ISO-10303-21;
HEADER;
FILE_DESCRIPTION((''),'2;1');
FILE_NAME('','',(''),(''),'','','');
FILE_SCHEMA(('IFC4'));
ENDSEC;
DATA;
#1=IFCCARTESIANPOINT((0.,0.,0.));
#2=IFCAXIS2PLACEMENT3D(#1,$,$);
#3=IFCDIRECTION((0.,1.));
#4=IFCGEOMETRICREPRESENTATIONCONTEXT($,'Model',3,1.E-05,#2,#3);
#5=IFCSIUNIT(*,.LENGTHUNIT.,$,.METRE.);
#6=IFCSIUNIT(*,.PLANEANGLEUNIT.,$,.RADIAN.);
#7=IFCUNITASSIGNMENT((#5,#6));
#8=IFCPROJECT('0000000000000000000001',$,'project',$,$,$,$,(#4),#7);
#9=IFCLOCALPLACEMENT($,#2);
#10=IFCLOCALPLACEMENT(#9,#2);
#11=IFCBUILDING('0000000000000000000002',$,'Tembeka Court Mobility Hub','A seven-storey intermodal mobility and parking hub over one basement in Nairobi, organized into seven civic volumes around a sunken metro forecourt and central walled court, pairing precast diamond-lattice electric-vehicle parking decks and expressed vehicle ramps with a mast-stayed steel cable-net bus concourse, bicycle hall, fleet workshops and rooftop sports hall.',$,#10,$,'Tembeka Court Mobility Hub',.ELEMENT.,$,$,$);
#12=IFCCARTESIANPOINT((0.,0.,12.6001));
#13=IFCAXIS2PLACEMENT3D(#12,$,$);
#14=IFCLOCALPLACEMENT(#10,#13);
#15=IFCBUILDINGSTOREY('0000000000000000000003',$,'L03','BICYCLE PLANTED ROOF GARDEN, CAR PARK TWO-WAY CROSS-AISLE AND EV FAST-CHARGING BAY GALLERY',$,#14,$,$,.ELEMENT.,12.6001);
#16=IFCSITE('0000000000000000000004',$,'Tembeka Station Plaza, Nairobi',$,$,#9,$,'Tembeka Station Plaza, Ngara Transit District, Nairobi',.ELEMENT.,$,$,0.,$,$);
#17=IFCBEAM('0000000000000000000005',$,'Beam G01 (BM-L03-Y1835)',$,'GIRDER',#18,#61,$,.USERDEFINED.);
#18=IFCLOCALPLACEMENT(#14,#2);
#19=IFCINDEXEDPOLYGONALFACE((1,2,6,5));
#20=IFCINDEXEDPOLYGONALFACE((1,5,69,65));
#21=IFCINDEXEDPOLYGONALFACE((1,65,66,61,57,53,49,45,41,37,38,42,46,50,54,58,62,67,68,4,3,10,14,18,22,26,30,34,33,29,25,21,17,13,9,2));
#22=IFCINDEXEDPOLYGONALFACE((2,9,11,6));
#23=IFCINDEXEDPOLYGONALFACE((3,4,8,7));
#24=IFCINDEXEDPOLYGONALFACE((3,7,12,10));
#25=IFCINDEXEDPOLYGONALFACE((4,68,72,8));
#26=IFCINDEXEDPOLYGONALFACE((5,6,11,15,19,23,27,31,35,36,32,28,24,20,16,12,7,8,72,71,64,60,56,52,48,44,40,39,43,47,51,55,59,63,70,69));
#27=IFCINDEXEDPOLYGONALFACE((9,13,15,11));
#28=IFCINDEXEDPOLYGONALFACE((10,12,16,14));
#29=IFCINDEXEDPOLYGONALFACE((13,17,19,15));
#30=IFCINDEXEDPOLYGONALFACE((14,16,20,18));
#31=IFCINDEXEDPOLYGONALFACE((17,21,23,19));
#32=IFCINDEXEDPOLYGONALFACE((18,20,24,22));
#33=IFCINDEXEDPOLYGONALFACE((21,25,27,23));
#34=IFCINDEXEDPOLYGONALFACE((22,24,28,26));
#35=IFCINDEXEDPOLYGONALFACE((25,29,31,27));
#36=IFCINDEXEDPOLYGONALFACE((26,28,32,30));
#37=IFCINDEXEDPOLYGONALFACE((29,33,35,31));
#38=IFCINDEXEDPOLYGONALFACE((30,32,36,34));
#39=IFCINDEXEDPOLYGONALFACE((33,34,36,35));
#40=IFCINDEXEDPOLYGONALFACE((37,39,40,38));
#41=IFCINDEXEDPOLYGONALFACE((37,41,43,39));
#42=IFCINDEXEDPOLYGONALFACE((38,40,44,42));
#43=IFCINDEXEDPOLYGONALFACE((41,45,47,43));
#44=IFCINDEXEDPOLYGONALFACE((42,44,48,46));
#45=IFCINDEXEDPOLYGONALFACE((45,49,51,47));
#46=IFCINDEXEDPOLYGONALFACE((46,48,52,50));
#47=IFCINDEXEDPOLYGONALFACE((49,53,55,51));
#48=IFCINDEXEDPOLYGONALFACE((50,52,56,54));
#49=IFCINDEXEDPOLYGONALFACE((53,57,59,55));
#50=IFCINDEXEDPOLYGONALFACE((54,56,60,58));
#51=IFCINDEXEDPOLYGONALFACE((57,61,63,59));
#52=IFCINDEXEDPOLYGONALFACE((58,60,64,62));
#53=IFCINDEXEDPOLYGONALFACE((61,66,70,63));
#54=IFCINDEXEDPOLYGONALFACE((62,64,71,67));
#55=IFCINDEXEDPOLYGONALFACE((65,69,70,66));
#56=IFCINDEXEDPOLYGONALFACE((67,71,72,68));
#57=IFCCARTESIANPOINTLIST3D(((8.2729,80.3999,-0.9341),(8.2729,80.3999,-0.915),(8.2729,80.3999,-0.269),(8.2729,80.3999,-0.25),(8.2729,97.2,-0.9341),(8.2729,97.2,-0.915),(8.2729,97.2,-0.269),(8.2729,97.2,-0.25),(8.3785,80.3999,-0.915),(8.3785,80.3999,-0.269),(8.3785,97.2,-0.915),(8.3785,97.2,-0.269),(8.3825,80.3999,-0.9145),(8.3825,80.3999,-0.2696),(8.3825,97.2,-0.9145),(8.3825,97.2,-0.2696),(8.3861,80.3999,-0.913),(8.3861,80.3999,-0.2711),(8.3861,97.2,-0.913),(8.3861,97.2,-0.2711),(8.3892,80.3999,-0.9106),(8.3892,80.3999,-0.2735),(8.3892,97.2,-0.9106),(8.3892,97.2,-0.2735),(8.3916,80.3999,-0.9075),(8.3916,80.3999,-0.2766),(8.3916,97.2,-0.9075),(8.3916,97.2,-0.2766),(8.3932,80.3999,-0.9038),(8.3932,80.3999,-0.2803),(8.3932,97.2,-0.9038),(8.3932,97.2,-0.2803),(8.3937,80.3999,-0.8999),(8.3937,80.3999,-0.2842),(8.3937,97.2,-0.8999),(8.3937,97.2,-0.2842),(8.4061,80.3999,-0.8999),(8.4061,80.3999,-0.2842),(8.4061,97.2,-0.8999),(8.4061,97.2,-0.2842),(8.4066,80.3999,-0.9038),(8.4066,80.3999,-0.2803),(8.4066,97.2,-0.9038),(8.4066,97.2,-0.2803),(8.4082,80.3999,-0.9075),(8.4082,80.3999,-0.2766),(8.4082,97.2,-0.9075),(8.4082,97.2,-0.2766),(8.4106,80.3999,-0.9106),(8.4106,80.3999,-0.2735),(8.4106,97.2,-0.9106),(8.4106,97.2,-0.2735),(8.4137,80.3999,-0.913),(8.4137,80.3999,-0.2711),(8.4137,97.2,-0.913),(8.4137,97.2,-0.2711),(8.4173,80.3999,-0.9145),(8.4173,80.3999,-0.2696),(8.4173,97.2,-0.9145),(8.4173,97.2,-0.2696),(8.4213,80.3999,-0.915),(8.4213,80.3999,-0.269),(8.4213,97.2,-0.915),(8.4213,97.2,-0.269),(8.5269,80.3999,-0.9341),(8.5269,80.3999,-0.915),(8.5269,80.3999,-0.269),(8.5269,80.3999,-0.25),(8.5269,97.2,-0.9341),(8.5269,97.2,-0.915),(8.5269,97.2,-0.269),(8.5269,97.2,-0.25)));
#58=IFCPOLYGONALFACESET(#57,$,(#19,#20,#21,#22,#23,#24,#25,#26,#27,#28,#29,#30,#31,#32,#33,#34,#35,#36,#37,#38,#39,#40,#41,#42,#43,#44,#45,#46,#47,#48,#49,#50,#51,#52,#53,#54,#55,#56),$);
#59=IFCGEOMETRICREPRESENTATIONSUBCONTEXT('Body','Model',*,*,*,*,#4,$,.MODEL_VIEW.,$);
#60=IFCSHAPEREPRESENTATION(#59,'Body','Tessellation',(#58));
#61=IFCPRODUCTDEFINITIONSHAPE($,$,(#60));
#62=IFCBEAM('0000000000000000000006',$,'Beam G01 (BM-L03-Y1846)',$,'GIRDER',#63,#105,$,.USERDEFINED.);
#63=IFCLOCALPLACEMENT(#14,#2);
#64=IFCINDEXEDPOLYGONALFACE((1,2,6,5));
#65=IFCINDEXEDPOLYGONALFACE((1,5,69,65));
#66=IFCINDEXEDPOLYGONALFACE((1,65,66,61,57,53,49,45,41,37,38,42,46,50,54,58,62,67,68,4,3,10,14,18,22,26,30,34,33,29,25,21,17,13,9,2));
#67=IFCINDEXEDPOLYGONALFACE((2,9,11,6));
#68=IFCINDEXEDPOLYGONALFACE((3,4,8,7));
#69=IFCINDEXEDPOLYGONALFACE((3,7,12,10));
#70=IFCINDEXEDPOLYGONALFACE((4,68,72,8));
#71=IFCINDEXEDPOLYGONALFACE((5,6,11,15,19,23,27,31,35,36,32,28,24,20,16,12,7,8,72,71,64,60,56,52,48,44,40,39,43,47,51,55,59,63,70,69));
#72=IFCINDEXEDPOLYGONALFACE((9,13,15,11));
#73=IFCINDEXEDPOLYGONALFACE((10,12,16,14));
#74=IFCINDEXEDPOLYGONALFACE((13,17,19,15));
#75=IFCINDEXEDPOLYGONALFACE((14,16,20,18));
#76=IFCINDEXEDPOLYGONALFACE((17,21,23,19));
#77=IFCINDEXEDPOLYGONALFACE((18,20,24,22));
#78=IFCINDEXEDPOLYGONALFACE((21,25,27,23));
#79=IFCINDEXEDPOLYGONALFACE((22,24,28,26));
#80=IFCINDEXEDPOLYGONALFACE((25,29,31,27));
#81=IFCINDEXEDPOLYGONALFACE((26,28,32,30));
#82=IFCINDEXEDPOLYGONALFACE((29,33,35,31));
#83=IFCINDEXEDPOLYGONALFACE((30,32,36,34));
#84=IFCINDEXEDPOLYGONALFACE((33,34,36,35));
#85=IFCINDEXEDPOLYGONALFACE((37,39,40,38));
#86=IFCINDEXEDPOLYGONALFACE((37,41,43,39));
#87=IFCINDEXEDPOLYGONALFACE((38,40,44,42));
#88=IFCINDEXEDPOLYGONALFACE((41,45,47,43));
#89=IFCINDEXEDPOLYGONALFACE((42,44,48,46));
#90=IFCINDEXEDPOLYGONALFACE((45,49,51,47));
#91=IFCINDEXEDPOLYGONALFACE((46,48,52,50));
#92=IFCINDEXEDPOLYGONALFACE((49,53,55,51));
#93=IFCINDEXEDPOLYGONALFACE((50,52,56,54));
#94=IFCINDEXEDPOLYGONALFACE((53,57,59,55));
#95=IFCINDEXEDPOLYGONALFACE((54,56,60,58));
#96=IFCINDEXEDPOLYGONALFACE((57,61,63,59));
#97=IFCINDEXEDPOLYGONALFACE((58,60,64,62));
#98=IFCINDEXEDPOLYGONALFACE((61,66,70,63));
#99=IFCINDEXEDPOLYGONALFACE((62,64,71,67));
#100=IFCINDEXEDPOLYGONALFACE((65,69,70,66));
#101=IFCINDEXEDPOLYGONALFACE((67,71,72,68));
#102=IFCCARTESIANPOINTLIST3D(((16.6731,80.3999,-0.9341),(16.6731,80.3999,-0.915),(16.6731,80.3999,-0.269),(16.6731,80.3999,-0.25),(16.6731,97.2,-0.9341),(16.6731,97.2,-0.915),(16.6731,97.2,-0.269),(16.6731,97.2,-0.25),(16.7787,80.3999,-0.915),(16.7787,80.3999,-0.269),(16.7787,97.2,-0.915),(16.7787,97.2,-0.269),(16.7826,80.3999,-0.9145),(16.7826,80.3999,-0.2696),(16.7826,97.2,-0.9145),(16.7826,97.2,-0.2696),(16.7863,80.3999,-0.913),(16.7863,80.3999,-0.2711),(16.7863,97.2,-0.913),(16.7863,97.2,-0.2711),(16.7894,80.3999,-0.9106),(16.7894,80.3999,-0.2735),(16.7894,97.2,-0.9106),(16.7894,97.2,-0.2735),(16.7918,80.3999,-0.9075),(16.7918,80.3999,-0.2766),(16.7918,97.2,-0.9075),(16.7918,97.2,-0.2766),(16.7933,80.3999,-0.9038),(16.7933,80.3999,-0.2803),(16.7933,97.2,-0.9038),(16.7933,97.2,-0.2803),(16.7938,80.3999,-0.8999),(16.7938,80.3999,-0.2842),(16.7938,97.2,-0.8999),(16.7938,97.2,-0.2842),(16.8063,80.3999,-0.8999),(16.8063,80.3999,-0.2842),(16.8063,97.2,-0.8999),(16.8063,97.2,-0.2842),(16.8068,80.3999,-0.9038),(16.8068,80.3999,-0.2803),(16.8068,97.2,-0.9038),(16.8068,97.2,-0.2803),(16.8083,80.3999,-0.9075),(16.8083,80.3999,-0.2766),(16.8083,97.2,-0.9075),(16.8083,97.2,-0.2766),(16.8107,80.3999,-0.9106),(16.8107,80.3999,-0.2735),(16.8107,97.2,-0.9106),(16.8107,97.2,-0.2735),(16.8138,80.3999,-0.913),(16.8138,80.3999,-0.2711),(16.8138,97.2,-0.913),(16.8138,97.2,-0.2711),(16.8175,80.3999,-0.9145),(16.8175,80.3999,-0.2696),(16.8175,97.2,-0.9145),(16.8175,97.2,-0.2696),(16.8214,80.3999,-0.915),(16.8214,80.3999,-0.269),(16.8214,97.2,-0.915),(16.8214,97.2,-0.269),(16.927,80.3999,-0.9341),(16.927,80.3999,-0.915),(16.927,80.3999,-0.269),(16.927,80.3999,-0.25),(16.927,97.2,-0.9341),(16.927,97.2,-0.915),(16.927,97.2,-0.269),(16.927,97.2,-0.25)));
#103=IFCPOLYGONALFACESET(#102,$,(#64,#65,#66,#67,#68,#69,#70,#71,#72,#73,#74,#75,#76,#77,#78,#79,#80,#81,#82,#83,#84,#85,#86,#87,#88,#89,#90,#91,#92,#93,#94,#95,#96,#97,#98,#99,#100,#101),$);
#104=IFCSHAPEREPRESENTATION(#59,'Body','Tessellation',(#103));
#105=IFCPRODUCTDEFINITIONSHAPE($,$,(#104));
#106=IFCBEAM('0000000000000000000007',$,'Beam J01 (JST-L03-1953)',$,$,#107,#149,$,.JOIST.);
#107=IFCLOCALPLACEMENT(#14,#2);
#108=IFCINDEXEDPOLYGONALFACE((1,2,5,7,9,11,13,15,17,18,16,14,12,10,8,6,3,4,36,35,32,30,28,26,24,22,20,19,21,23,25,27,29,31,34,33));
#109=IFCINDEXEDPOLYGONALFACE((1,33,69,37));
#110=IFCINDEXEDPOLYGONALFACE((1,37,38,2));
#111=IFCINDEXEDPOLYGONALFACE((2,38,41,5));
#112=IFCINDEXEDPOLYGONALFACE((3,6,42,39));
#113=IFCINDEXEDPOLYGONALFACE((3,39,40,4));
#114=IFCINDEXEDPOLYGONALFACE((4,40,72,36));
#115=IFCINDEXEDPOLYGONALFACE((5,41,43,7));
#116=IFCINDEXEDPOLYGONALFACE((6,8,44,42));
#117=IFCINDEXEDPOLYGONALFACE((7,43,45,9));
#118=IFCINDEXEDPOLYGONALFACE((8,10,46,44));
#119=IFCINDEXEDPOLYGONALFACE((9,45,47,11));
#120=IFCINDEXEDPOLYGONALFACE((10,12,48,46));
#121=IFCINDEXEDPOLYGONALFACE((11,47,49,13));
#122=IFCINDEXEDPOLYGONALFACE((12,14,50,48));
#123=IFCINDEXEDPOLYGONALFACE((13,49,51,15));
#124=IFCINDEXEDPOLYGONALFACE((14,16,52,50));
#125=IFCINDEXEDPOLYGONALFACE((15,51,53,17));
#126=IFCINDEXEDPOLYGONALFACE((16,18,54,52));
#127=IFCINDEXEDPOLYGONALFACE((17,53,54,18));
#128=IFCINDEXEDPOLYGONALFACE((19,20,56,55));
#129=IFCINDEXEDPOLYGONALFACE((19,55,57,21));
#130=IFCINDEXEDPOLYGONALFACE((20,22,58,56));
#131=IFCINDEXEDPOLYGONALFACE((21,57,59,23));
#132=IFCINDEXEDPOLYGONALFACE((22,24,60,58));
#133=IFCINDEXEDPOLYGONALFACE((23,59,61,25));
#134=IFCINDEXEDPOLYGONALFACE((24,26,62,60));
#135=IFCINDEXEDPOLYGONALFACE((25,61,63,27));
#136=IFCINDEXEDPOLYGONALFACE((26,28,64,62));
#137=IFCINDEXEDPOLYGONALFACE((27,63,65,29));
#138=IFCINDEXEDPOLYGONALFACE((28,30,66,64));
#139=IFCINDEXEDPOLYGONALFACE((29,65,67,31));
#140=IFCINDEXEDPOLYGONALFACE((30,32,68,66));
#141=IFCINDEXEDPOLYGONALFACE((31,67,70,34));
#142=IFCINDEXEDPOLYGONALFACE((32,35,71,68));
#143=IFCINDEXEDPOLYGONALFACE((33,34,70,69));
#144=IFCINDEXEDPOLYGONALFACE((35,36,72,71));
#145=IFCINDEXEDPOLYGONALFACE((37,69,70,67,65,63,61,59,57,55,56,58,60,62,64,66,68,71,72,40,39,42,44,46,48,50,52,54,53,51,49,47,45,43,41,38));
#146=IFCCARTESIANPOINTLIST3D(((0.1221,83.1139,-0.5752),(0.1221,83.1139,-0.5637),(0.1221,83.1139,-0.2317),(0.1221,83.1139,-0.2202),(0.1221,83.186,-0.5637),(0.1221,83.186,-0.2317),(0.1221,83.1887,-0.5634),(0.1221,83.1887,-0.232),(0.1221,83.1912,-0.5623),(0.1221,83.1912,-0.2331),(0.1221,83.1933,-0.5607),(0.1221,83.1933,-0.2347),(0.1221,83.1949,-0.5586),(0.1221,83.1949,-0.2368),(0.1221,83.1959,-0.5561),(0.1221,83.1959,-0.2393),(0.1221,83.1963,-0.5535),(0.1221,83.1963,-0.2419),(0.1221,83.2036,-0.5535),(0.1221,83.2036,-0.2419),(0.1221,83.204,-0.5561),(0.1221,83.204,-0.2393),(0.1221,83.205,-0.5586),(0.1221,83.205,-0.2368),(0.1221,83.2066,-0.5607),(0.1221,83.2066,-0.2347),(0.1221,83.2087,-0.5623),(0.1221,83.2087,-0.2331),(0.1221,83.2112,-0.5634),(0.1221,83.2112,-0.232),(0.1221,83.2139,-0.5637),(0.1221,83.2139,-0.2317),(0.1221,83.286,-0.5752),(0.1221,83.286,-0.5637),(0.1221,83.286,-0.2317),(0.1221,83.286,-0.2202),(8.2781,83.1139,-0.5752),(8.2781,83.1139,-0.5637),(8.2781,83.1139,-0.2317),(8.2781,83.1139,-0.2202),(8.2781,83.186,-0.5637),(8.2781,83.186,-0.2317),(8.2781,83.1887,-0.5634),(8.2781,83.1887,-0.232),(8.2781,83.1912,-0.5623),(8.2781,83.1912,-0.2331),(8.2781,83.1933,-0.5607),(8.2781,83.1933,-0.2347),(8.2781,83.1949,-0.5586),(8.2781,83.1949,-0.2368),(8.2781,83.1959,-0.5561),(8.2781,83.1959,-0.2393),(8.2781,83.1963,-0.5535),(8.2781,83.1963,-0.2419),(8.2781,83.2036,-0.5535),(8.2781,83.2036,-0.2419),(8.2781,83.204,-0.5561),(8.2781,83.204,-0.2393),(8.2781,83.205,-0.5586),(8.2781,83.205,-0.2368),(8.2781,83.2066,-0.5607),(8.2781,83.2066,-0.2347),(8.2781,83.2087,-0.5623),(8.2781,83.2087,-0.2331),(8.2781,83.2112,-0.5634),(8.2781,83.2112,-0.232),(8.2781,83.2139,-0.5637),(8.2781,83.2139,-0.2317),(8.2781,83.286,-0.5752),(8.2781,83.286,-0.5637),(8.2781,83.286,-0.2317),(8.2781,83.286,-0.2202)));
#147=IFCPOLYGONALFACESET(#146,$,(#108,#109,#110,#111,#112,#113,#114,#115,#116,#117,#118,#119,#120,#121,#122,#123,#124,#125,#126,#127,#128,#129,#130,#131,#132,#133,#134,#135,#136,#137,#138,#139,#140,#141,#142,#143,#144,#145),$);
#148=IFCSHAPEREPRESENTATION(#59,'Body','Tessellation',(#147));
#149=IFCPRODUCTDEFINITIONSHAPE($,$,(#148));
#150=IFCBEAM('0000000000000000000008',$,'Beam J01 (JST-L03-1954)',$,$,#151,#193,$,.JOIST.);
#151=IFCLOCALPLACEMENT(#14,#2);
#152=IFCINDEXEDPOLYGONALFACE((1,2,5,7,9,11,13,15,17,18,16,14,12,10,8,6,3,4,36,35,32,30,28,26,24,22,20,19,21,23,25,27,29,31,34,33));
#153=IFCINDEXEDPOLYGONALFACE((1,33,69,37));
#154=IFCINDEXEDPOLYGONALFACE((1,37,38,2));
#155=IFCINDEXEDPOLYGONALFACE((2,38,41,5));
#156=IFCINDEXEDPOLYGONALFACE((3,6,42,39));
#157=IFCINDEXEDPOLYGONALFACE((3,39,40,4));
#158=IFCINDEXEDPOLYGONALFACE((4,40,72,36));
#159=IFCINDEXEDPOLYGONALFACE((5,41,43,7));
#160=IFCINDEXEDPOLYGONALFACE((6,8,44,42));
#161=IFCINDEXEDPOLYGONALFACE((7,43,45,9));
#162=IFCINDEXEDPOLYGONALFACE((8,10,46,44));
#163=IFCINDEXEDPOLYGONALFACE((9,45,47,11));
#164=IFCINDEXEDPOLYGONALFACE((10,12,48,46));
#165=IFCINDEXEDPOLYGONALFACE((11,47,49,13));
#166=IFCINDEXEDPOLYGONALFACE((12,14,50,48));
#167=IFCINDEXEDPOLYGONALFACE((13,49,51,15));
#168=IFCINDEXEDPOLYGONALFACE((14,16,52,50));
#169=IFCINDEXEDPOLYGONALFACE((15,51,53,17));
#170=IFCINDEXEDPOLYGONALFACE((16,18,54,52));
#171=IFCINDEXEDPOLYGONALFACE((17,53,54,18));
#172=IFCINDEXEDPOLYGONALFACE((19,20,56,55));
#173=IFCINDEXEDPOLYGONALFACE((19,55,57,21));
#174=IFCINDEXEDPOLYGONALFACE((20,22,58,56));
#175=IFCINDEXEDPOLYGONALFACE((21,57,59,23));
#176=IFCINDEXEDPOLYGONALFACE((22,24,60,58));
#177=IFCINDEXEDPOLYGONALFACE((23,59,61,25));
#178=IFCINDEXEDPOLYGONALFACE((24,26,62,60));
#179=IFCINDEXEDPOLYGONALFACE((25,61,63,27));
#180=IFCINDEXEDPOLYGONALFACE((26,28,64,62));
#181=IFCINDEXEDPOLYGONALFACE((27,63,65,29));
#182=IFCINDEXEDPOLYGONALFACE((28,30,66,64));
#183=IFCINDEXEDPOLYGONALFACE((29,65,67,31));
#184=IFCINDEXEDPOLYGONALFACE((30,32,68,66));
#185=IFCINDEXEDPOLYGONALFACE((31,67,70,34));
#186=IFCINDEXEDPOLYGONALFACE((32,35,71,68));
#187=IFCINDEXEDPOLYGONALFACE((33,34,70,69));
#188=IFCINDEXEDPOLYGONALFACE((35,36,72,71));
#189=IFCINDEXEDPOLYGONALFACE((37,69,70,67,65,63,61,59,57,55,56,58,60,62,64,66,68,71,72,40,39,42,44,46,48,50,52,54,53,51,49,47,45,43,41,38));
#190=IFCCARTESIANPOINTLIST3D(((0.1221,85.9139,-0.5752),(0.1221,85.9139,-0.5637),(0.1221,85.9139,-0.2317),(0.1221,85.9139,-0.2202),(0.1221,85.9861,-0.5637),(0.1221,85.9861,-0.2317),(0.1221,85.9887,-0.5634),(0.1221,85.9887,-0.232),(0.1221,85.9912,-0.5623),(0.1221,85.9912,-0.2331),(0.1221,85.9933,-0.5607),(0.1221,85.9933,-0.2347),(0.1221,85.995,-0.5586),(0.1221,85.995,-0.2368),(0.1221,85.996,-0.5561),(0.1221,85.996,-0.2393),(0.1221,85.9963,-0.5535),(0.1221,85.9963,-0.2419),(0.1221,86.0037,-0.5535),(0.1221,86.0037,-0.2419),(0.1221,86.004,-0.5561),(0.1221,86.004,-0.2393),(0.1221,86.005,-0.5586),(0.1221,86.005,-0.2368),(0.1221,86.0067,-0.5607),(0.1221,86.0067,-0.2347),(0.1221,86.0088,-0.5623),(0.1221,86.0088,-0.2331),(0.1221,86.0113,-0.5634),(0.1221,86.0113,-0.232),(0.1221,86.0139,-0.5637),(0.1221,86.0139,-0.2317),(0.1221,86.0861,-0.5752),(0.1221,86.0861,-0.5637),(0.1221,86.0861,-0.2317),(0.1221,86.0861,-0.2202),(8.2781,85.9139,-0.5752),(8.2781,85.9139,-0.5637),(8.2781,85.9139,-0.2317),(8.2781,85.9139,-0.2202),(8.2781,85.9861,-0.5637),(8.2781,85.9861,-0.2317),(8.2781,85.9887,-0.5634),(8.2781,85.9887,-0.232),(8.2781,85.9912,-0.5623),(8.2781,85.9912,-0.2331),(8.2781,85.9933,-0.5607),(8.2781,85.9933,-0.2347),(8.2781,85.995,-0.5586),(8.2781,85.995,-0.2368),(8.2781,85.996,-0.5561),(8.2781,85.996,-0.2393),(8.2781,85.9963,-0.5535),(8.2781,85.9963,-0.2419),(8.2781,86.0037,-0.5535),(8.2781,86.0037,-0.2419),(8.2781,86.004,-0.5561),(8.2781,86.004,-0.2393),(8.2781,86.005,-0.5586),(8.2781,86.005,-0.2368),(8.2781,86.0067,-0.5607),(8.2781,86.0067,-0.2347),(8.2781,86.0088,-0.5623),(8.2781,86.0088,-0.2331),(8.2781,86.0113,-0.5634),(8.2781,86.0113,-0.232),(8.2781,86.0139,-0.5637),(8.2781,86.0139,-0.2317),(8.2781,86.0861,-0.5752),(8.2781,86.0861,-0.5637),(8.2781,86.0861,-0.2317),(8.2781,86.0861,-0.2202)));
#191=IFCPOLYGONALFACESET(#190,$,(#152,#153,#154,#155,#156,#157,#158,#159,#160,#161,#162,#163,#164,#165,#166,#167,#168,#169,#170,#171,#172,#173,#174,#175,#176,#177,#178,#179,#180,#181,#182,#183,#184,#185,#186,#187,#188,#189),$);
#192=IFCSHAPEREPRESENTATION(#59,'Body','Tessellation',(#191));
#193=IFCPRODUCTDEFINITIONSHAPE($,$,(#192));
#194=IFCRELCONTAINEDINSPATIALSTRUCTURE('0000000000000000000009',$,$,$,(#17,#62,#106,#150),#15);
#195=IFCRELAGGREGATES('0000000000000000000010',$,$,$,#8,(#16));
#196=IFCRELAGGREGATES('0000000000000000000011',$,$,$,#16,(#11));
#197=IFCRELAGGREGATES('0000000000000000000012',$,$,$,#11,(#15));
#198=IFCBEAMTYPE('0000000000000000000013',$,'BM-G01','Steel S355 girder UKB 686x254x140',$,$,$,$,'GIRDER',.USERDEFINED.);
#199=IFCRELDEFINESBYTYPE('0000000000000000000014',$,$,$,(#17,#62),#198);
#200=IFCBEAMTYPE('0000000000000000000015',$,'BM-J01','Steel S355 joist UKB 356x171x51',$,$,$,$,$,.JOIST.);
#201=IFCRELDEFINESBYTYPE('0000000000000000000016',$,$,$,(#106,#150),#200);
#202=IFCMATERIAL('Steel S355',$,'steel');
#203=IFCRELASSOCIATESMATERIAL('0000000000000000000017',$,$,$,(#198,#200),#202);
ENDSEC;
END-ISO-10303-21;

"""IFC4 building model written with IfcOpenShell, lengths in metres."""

from ifc_helpers import new_model, si_unit, direction, frame, origin, origin_2d, place, context, subcontext, project, spatial, i_section, extrude, material, material_profile, profile_set, type_object, element, save


model = new_model("IFC4")

# Units and contexts
model_context = context("Model", 3, precision=1e-05, world=origin(), true_north=direction((0.0, 1.0)))
body_context = subcontext(model_context, "Body", "Model", "MODEL_VIEW")
ifc_project = project(units=[si_unit("LENGTHUNIT", "METRE"), si_unit("PLANEANGLEUNIT", "RADIAN")], contexts=[model_context])

# Site, building, storey
site_placement = place(None, origin())
site = spatial("IfcSite", under=ifc_project, at=site_placement, Name="Tembeka Station Plaza, Nairobi", LongName="Tembeka Station Plaza, Ngara Transit District, Nairobi", CompositionType="ELEMENT", RefElevation=0.0)
building_placement = place(site_placement, origin())
building = spatial("IfcBuilding", under=site, at=building_placement, Name="Tembeka Court Mobility Hub", Description="A seven-storey intermodal mobility and parking hub over one basement in Nairobi, organized into seven civic volumes around a sunken metro forecourt and central walled court, pairing precast diamond-lattice electric-vehicle parking decks and expressed vehicle ramps with a mast-stayed steel cable-net bus concourse, bicycle hall, fleet workshops and rooftop sports hall.", LongName="Tembeka Court Mobility Hub", CompositionType="ELEMENT")
storey_placement = place(building_placement, frame((0.0, 0.0, 12.6001)))
storey = spatial("IfcBuildingStorey", under=building, at=storey_placement, Name="L03", Description="BICYCLE PLANTED ROOF GARDEN, CAR PARK TWO-WAY CROSS-AISLE AND EV FAST-CHARGING BAY GALLERY", CompositionType="ELEMENT", Elevation=12.6001)

# Shared definitions
ifc_material_1 = material(Name="Steel S355", Category="steel")

# Beams
ifc_material_profile_1 = material_profile(ifc_material_1, i_section(OverallWidth=0.2539, OverallDepth=0.6841, WebThickness=0.0125, FlangeThickness=0.019, FilletRadius=0.0151, at=origin_2d()), Name="UKB 686x254x140")
ifc_profile_set_1 = profile_set([ifc_material_profile_1], Name="Steel S355")
beam_type_1 = type_object("IfcBeamType", Name="BM-G01", Description="Steel S355 girder UKB 686x254x140", ElementType="GIRDER", PredefinedType="USERDEFINED", material=ifc_profile_set_1)
for number, where, z_axis, x_axis, name in (
    (1, (8.3999, 80.3999, -0.592), (0.0, 1.0, 0.0), (-1.0, 0.0, 0.0), "Beam G01 (BM-L03-Y1835)"),
    (2, (16.8, 80.3999, -0.592), (0.0, 1.0, 0.0), (-1.0, 0.0, 0.0), "Beam G01 (BM-L03-Y1846)"),
):
    element("IfcBeam", number, at=place(storey_placement, frame(where, z_axis=z_axis, x_axis=x_axis)), inside=storey, type_object=beam_type_1, Name=name, ObjectType="GIRDER", PredefinedType="USERDEFINED", context=body_context, shape_type="SweptSolid", body=[
        extrude(i_section(OverallWidth=0.2539, OverallDepth=0.6841, WebThickness=0.0125, FlangeThickness=0.019, FilletRadius=0.0151, at=origin_2d()), origin(), (0.0, 0.0, 1.0), 16.8),
    ])
ifc_material_profile_2 = material_profile(ifc_material_1, i_section(OverallWidth=0.1721, OverallDepth=0.355, WebThickness=0.0073, FlangeThickness=0.0115, FilletRadius=0.0103, at=origin_2d()), Name="UKB 356x171x51")
ifc_profile_set_2 = profile_set([ifc_material_profile_2], Name="Steel S355")
beam_type_2 = type_object("IfcBeamType", Name="BM-J01", Description="Steel S355 joist UKB 356x171x51", PredefinedType="JOIST", material=ifc_profile_set_2)
for number, where, z_axis, x_axis, name in (
    (3, (0.1221, 83.2, -0.3977), (1.0, 0.0, 0.0), (0.0, 1.0, 0.0), "Beam J01 (JST-L03-1953)"),
    (4, (0.1221, 86.0, -0.3977), (1.0, 0.0, 0.0), (0.0, 1.0, 0.0), "Beam J01 (JST-L03-1954)"),
):
    element("IfcBeam", number, at=place(storey_placement, frame(where, z_axis=z_axis, x_axis=x_axis)), inside=storey, type_object=beam_type_2, Name=name, PredefinedType="JOIST", context=body_context, shape_type="SweptSolid", body=[
        extrude(i_section(OverallWidth=0.1721, OverallDepth=0.355, WebThickness=0.0073, FlangeThickness=0.0115, FilletRadius=0.0103, at=origin_2d()), origin(), (0.0, 0.0, 1.0), 8.156),
    ])

save(model, "model.ifc")
